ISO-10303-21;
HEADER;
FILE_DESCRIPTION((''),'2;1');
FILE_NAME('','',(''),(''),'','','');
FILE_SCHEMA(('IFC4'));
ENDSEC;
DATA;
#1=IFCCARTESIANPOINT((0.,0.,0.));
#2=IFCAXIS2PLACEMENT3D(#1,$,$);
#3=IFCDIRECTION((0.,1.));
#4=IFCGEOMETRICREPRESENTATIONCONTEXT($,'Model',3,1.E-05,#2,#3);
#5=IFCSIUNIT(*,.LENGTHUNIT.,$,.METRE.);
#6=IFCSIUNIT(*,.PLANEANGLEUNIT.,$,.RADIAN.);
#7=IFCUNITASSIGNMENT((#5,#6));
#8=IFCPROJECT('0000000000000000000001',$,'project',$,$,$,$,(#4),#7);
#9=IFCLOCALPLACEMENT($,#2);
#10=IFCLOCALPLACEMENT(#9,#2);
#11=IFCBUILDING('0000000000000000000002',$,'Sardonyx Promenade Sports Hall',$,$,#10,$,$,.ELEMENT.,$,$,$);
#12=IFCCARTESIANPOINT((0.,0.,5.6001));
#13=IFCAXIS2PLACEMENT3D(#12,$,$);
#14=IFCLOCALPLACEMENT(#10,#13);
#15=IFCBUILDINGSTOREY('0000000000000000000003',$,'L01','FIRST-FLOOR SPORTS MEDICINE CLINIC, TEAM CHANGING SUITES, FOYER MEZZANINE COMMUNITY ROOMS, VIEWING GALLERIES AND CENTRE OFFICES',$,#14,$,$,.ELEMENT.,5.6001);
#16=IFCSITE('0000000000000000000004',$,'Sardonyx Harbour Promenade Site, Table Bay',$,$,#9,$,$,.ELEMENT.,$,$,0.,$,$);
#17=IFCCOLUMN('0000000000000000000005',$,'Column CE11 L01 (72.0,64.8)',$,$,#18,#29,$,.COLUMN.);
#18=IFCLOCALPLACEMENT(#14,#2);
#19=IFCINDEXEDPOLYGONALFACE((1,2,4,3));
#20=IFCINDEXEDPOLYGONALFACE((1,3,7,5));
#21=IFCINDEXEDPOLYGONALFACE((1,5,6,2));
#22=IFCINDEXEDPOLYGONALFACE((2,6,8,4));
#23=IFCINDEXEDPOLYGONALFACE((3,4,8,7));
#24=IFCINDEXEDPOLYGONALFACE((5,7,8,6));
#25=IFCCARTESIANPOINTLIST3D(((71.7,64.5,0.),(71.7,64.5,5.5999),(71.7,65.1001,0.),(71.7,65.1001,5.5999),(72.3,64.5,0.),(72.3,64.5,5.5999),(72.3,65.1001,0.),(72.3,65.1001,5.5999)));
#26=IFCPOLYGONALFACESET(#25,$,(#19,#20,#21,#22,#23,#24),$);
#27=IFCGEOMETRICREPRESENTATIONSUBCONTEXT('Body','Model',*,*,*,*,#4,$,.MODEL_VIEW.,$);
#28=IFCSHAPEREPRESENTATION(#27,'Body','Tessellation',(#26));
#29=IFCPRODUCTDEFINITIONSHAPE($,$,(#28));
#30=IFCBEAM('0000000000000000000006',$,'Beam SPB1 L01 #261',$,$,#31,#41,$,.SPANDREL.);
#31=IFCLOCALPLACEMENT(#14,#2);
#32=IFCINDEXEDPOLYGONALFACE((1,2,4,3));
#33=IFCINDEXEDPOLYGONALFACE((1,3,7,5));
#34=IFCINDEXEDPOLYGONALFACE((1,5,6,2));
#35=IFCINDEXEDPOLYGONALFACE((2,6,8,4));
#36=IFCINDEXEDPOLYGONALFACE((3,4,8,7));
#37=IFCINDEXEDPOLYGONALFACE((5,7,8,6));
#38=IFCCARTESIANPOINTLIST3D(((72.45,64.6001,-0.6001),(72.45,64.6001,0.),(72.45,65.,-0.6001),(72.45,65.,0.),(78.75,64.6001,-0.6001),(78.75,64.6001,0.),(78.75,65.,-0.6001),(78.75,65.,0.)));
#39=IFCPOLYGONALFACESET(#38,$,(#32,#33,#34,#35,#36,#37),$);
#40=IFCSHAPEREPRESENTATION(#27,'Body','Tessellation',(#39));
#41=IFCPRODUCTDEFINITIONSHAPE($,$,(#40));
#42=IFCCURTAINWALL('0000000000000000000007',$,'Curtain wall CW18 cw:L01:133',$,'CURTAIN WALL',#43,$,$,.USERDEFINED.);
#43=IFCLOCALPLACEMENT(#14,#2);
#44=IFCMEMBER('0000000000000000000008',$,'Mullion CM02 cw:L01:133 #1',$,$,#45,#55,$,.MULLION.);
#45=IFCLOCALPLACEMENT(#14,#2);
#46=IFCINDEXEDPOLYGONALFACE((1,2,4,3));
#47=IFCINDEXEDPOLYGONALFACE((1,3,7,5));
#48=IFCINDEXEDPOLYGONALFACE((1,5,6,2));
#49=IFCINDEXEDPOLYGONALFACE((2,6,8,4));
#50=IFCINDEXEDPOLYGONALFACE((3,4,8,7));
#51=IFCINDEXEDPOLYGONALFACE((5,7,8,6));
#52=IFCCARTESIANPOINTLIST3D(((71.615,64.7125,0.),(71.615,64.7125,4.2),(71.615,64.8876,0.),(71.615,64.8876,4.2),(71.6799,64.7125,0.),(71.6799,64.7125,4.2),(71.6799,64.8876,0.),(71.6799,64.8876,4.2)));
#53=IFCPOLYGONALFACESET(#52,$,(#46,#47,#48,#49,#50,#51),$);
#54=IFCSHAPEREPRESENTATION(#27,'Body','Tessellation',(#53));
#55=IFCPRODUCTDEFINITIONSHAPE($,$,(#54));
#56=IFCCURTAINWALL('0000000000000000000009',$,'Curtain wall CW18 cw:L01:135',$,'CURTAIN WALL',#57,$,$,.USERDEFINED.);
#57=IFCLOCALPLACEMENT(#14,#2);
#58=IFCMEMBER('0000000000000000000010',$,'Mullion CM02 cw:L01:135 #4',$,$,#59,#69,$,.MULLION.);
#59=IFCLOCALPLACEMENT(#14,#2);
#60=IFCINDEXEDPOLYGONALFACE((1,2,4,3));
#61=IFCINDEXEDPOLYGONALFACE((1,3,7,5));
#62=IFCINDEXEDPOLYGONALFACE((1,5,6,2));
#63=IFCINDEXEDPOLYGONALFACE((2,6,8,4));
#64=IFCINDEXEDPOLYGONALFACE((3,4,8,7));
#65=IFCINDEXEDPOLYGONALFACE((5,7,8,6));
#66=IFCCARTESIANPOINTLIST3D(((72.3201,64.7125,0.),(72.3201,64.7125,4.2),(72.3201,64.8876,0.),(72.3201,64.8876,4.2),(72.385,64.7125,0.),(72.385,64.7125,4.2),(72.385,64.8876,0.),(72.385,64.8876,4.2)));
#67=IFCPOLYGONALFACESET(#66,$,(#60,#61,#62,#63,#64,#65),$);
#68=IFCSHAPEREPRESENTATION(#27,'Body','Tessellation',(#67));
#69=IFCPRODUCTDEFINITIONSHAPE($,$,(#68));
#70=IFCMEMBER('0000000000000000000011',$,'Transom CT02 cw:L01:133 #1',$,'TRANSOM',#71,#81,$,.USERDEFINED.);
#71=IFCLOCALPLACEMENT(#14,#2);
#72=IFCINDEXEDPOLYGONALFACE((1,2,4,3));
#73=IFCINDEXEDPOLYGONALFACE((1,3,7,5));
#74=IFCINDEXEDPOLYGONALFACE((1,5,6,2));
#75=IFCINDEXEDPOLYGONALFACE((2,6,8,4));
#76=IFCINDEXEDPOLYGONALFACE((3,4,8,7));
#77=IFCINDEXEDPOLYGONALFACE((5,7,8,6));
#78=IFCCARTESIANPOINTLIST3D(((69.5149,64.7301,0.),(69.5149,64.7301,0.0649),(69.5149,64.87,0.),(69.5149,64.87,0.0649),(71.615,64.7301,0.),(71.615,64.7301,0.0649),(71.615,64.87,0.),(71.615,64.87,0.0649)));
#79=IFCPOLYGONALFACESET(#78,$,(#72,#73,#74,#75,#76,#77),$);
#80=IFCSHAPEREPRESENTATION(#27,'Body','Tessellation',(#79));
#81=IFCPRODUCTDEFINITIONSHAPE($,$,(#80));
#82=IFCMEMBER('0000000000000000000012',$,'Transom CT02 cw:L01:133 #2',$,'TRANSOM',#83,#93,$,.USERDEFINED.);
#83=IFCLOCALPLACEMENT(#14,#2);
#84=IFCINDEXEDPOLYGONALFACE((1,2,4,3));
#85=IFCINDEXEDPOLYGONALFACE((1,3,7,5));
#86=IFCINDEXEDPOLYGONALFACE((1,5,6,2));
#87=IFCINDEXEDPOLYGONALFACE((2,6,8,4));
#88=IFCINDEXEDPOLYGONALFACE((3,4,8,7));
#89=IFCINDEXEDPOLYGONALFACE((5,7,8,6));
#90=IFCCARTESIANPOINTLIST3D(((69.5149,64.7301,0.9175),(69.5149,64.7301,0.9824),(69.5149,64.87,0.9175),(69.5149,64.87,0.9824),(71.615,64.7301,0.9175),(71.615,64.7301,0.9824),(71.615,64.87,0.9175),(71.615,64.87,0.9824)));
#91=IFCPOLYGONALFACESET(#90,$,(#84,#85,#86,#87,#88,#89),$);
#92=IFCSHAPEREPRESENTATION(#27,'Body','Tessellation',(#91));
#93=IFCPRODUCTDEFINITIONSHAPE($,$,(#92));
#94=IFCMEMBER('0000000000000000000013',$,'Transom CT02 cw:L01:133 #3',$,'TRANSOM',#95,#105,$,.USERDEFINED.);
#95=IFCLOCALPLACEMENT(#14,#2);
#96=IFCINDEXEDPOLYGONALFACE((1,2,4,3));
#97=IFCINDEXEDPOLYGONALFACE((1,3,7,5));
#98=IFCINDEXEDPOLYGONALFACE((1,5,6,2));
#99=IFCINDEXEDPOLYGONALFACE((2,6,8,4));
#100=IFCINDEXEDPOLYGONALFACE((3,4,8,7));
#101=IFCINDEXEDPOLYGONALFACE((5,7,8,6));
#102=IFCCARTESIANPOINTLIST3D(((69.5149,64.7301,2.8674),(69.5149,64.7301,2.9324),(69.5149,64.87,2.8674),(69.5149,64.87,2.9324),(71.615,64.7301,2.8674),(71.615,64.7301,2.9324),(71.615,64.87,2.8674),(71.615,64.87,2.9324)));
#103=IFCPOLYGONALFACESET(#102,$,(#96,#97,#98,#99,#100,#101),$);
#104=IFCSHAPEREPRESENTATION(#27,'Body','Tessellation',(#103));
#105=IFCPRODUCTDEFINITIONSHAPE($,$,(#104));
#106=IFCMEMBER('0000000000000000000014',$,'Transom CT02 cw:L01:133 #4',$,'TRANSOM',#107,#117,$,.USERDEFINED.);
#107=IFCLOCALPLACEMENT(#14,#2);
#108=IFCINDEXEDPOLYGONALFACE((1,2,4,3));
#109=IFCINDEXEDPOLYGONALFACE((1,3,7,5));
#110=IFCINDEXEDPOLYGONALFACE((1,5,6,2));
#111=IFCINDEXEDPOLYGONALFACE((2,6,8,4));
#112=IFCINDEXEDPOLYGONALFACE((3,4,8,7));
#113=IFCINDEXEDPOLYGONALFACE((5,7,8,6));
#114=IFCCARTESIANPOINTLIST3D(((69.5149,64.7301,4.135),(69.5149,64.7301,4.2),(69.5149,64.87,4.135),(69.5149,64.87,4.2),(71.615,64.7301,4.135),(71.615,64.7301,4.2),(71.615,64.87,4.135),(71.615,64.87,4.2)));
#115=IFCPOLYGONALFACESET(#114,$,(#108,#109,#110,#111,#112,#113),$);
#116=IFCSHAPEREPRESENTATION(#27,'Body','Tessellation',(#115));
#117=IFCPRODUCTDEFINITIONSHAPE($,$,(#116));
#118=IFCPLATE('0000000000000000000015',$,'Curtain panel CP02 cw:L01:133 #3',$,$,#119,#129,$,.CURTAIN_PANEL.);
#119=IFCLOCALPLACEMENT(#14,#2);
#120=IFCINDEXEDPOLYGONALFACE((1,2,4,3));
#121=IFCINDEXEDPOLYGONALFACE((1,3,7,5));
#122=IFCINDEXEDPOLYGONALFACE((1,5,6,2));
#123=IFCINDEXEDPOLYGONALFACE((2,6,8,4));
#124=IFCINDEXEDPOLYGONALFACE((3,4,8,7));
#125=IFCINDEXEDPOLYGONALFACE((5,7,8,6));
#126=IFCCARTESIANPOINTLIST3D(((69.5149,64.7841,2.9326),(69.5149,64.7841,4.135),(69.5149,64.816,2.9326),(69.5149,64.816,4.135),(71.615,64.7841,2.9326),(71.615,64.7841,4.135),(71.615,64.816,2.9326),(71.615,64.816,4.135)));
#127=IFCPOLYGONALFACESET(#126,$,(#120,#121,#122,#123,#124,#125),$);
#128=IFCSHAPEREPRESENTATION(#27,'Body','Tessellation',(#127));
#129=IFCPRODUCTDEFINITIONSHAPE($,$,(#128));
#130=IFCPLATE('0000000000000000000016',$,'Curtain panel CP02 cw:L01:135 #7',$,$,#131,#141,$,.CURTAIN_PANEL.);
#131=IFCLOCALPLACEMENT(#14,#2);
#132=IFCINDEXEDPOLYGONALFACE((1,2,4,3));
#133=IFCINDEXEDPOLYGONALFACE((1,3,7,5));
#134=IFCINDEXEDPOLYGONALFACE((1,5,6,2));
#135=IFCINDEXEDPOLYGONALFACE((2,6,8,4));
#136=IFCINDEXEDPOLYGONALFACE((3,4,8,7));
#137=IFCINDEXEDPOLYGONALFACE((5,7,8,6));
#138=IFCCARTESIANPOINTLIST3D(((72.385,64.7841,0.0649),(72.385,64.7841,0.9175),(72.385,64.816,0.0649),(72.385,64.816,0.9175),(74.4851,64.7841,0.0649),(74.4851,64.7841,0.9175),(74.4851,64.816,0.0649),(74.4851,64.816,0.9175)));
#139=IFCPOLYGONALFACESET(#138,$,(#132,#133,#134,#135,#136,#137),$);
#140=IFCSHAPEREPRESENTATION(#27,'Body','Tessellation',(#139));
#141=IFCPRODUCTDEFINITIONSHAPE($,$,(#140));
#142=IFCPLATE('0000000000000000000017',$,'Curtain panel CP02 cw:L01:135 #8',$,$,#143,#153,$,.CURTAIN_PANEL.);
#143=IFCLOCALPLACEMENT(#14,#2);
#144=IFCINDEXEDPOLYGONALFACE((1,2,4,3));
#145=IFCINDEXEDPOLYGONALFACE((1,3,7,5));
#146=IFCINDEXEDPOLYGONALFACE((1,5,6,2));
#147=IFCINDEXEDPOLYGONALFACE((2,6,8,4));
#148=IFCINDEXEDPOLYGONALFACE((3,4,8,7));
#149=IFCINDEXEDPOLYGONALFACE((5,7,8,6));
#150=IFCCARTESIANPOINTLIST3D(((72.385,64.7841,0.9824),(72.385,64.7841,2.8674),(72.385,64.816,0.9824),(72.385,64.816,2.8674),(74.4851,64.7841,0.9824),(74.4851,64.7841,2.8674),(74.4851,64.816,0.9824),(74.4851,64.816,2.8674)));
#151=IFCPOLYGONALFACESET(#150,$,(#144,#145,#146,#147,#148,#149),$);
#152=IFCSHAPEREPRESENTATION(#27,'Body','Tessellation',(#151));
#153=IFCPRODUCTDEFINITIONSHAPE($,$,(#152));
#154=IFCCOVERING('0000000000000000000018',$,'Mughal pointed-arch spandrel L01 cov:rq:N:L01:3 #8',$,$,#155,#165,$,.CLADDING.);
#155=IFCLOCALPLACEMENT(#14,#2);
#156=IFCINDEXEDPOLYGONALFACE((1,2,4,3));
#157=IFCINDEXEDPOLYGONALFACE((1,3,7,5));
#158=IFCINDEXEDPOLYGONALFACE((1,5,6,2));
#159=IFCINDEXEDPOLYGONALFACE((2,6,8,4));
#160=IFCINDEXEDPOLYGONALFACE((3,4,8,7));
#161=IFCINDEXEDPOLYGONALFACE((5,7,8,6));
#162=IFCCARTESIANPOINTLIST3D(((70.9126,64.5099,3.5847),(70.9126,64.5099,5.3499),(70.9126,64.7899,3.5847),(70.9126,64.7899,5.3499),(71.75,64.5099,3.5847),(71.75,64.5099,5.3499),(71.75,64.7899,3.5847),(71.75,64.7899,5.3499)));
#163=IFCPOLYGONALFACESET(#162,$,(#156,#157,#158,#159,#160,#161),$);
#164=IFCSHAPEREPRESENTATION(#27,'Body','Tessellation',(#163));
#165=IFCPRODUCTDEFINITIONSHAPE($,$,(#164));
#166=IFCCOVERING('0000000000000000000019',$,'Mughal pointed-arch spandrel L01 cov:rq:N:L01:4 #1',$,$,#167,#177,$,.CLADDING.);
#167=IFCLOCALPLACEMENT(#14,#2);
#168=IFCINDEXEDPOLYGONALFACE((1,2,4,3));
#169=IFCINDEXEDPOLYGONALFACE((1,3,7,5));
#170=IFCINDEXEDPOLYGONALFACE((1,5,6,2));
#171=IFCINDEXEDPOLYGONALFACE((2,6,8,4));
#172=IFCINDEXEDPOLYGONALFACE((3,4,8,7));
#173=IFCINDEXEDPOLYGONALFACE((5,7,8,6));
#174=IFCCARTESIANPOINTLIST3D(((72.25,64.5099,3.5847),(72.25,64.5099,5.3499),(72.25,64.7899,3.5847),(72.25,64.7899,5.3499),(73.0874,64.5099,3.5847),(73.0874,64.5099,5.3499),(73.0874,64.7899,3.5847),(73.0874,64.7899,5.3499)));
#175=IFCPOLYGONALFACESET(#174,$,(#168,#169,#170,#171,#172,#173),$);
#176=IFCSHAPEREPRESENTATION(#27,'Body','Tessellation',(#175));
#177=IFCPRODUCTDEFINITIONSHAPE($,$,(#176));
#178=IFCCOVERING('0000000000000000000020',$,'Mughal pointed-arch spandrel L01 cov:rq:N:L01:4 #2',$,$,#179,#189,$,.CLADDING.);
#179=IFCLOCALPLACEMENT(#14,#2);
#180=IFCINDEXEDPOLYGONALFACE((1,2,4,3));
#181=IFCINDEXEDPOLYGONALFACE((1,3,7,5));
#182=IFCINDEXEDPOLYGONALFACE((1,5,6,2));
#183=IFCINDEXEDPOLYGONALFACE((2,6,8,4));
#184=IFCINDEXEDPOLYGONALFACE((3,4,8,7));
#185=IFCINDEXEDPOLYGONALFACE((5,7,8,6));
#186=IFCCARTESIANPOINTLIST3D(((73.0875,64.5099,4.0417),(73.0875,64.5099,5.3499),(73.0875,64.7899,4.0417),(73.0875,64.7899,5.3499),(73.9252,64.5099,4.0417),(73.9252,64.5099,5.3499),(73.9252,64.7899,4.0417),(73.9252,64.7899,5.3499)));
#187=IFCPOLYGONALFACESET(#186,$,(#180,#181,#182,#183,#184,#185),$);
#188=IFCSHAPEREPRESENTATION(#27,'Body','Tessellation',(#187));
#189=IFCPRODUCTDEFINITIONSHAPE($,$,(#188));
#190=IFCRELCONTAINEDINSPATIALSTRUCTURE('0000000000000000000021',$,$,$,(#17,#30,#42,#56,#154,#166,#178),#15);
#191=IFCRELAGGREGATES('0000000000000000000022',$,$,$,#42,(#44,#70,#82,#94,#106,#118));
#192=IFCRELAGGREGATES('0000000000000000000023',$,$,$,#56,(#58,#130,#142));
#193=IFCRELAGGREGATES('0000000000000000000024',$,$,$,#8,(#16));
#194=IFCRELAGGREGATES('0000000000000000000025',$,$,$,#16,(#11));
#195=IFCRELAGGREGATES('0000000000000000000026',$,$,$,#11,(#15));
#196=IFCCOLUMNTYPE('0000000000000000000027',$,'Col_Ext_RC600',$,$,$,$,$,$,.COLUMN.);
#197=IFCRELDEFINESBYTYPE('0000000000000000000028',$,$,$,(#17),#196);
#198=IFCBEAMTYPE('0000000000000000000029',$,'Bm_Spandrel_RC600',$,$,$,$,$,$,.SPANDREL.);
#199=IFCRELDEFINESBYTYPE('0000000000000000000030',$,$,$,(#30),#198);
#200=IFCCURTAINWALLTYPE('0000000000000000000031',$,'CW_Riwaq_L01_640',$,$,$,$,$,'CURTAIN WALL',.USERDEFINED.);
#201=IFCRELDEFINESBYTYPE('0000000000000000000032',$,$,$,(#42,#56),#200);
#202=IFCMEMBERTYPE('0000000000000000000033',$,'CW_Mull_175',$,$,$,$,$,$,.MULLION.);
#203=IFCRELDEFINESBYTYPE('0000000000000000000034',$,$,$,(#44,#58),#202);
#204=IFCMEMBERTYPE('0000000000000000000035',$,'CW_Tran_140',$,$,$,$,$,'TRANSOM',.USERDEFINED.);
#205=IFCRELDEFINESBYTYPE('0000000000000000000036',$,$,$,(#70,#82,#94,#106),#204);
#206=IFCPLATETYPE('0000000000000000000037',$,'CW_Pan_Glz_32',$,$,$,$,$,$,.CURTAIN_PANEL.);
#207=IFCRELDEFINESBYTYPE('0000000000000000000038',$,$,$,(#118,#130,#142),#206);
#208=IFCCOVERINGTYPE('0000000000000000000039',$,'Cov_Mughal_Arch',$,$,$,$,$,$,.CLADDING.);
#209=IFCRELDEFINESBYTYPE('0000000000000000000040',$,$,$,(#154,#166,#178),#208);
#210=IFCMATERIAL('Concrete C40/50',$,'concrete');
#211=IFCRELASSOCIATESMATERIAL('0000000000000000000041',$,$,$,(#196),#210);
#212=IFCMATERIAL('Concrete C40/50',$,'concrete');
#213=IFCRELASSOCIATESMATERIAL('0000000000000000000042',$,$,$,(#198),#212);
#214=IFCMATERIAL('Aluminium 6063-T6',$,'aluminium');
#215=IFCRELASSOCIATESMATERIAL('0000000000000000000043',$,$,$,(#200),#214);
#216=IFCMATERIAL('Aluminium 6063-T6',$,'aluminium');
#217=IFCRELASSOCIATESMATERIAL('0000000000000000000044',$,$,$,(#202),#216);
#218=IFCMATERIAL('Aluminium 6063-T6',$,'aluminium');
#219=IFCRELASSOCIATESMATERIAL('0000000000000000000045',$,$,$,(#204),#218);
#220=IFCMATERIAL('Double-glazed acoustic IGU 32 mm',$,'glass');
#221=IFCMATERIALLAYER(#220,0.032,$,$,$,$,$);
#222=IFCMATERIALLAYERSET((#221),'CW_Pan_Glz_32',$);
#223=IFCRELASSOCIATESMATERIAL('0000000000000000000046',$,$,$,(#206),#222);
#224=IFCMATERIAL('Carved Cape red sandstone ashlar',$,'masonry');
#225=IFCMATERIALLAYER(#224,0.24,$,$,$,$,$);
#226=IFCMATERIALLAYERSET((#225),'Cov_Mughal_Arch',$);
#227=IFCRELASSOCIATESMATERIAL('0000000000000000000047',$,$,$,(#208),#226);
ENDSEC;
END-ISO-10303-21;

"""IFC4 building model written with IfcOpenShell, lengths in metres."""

from ifc_helpers import new_model, si_unit, direction, frame, frame_2d, origin, origin_2d, place, context, subcontext, project, spatial, rectangle, extrude, material, layer, layer_set, material_profile, profile_set, type_object, element, aggregate, save


model = new_model("IFC4")

# Units and contexts
model_context = context("Model", 3, precision=1e-05, world=origin(), true_north=direction((0.0, 1.0)))
body_context = subcontext(model_context, "Body", "Model", "MODEL_VIEW")
ifc_project = project(units=[si_unit("LENGTHUNIT", "METRE"), si_unit("PLANEANGLEUNIT", "RADIAN")], contexts=[model_context])

# Site, building, storey
site_placement = place(None, origin())
site = spatial("IfcSite", under=ifc_project, at=site_placement, Name="Sardonyx Harbour Promenade Site, Table Bay", CompositionType="ELEMENT", RefElevation=0.0)
building_placement = place(site_placement, origin())
building = spatial("IfcBuilding", under=site, at=building_placement, Name="Sardonyx Promenade Sports Hall", CompositionType="ELEMENT")
storey_placement = place(building_placement, frame((0.0, 0.0, 5.6001)))
storey = spatial("IfcBuildingStorey", under=building, at=storey_placement, Name="L01", Description="FIRST-FLOOR SPORTS MEDICINE CLINIC, TEAM CHANGING SUITES, FOYER MEZZANINE COMMUNITY ROOMS, VIEWING GALLERIES AND CENTRE OFFICES", CompositionType="ELEMENT", Elevation=5.6001)

# Column
ifc_material_1 = material(Name="Concrete C40/50", Category="concrete")
ifc_material_profile_1 = material_profile(ifc_material_1, rectangle(XDim=0.6001, YDim=0.6001, at=origin_2d()))
ifc_profile_set_1 = profile_set([ifc_material_profile_1], Name="Concrete C40/50")
column_type = type_object("IfcColumnType", Name="Col_Ext_RC600", PredefinedType="COLUMN", material=ifc_profile_set_1)
column_placement = place(storey_placement, frame((72.0, 64.8, 0.0), z_axis=(0.0, 0.0, 1.0), x_axis=(1.0, 0.0, 0.0)))
element("IfcColumn", 1, at=column_placement, inside=storey, type_object=column_type, Name="Column CE11 L01 (72.0,64.8)", PredefinedType="COLUMN", context=body_context, shape_type="SweptSolid", body=[
    extrude(rectangle(XDim=0.6001, YDim=0.6001, at=origin_2d()), origin(), (0.0, 0.0, 1.0), 5.5999),
])

# Beam
ifc_material_2 = material(Name="Concrete C40/50", Category="concrete")
ifc_material_profile_2 = material_profile(ifc_material_2, rectangle(XDim=0.3999, YDim=0.6001, at=origin_2d()))
ifc_profile_set_2 = profile_set([ifc_material_profile_2], Name="Concrete C40/50")
beam_type = type_object("IfcBeamType", Name="Bm_Spandrel_RC600", PredefinedType="SPANDREL", material=ifc_profile_set_2)
beam_placement = place(storey_placement, frame((72.45, 64.8, -0.3), z_axis=(1.0, 0.0, 0.0), x_axis=(0.0, 1.0, 0.0)))
element("IfcBeam", 2, at=beam_placement, inside=storey, type_object=beam_type, Name="Beam SPB1 L01 #261", PredefinedType="SPANDREL", context=body_context, shape_type="SweptSolid", body=[
    extrude(rectangle(XDim=0.3999, YDim=0.6001, at=origin_2d()), origin(), (0.0, 0.0, 1.0), 6.3),
])

# Curtain walls, members
ifc_material_3 = material(Name="Aluminium 6063-T6", Category="aluminium")
curtain_wall_type = type_object("IfcCurtainWallType", Name="CW_Riwaq_L01_640", ElementType="CURTAIN WALL", PredefinedType="USERDEFINED", material=ifc_material_3)
curtain_wall_1_placement = place(storey_placement, origin())
curtain_wall_1 = element("IfcCurtainWall", 3, at=curtain_wall_1_placement, inside=storey, type_object=curtain_wall_type, Name="Curtain wall CW18 cw:L01:133", ObjectType="CURTAIN WALL", PredefinedType="USERDEFINED")
ifc_material_4 = material(Name="Aluminium 6063-T6", Category="aluminium")
ifc_material_profile_3 = material_profile(ifc_material_4, rectangle(XDim=0.0649, YDim=0.175, at=origin_2d()))
ifc_profile_set_3 = profile_set([ifc_material_profile_3], Name="Aluminium 6063-T6")
member_type_1 = type_object("IfcMemberType", Name="CW_Mull_175", PredefinedType="MULLION", material=ifc_profile_set_3)
member_1_placement = place(storey_placement, frame((71.6475, 64.8, 0.0), z_axis=(0.0, 0.0, 1.0), x_axis=(-1.0, 0.0, 0.0)))
member_1 = element("IfcMember", 4, at=member_1_placement, type_object=member_type_1, Name="Mullion CM02 cw:L01:133 #1", PredefinedType="MULLION", context=body_context, shape_type="SweptSolid", body=[
    extrude(rectangle(XDim=0.0649, YDim=0.175, at=origin_2d()), origin(), (0.0, 0.0, 1.0), 4.2),
])
curtain_wall_2_placement = place(storey_placement, origin())
curtain_wall_2 = element("IfcCurtainWall", 5, at=curtain_wall_2_placement, inside=storey, type_object=curtain_wall_type, Name="Curtain wall CW18 cw:L01:135", ObjectType="CURTAIN WALL", PredefinedType="USERDEFINED")
member_2_placement = place(storey_placement, frame((72.3525, 64.8, 0.0), z_axis=(0.0, 0.0, 1.0), x_axis=(-1.0, 0.0, 0.0)))
member_2 = element("IfcMember", 6, at=member_2_placement, type_object=member_type_1, Name="Mullion CM02 cw:L01:135 #4", PredefinedType="MULLION", context=body_context, shape_type="SweptSolid", body=[
    extrude(rectangle(XDim=0.0649, YDim=0.175, at=origin_2d()), origin(), (0.0, 0.0, 1.0), 4.2),
])

# Members
ifc_material_5 = material(Name="Aluminium 6063-T6", Category="aluminium")
ifc_material_profile_4 = material_profile(ifc_material_5, rectangle(XDim=0.0649, YDim=0.1399, at=origin_2d()))
ifc_profile_set_4 = profile_set([ifc_material_profile_4], Name="Aluminium 6063-T6")
member_type_2 = type_object("IfcMemberType", Name="CW_Tran_140", ElementType="TRANSOM", PredefinedType="USERDEFINED", material=ifc_profile_set_4)
member_3_placement = place(storey_placement, frame((71.615, 64.8, 0.0325), z_axis=(-1.0, 0.0, 0.0), x_axis=(0.0, 0.0, 1.0)))
member_3 = element("IfcMember", 7, at=member_3_placement, type_object=member_type_2, Name="Transom CT02 cw:L01:133 #1", ObjectType="TRANSOM", PredefinedType="USERDEFINED", context=body_context, shape_type="SweptSolid", body=[
    extrude(rectangle(XDim=0.0649, YDim=0.1399, at=origin_2d()), origin(), (0.0, 0.0, 1.0), 2.1001),
])
member_4_placement = place(storey_placement, frame((71.615, 64.8, 0.95), z_axis=(-1.0, 0.0, 0.0), x_axis=(0.0, 0.0, 1.0)))
member_4 = element("IfcMember", 8, at=member_4_placement, type_object=member_type_2, Name="Transom CT02 cw:L01:133 #2", ObjectType="TRANSOM", PredefinedType="USERDEFINED", context=body_context, shape_type="SweptSolid", body=[
    extrude(rectangle(XDim=0.0649, YDim=0.1399, at=origin_2d()), origin(), (0.0, 0.0, 1.0), 2.1001),
])
member_5_placement = place(storey_placement, frame((71.615, 64.8, 2.8999), z_axis=(-1.0, 0.0, 0.0), x_axis=(0.0, 0.0, 1.0)))
member_5 = element("IfcMember", 9, at=member_5_placement, type_object=member_type_2, Name="Transom CT02 cw:L01:133 #3", ObjectType="TRANSOM", PredefinedType="USERDEFINED", context=body_context, shape_type="SweptSolid", body=[
    extrude(rectangle(XDim=0.0649, YDim=0.1399, at=origin_2d()), origin(), (0.0, 0.0, 1.0), 2.1001),
])
member_6_placement = place(storey_placement, frame((71.615, 64.8, 4.1675), z_axis=(-1.0, 0.0, 0.0), x_axis=(0.0, 0.0, 1.0)))
member_6 = element("IfcMember", 10, at=member_6_placement, type_object=member_type_2, Name="Transom CT02 cw:L01:133 #4", ObjectType="TRANSOM", PredefinedType="USERDEFINED", context=body_context, shape_type="SweptSolid", body=[
    extrude(rectangle(XDim=0.0649, YDim=0.1399, at=origin_2d()), origin(), (0.0, 0.0, 1.0), 2.1001),
])

# Plates
ifc_material_6 = material(Name="Double-glazed acoustic IGU 32 mm", Category="glass")
ifc_layer_1 = layer(ifc_material_6, 0.032)
ifc_layer_set_1 = layer_set([ifc_layer_1], Name="CW_Pan_Glz_32")
plate_type = type_object("IfcPlateType", Name="CW_Pan_Glz_32", PredefinedType="CURTAIN_PANEL", material=ifc_layer_set_1)
plate_1_placement = place(storey_placement, frame((70.5649, 64.8, 2.9326), z_axis=(0.0, 0.0, 1.0), x_axis=(-1.0, 0.0, 0.0)))
plate_1 = element("IfcPlate", 11, at=plate_1_placement, type_object=plate_type, Name="Curtain panel CP02 cw:L01:133 #3", PredefinedType="CURTAIN_PANEL", context=body_context, shape_type="SweptSolid", body=[
    extrude(rectangle(XDim=2.1001, YDim=0.032, at=origin_2d()), origin(), (0.0, 0.0, 1.0), 1.2024),
])
aggregate(curtain_wall_1, [member_1, member_3, member_4, member_5, member_6, plate_1])
plate_2_placement = place(storey_placement, frame((73.4351, 64.8, 0.0649), z_axis=(0.0, 0.0, 1.0), x_axis=(-1.0, 0.0, 0.0)))
plate_2 = element("IfcPlate", 12, at=plate_2_placement, type_object=plate_type, Name="Curtain panel CP02 cw:L01:135 #7", PredefinedType="CURTAIN_PANEL", context=body_context, shape_type="SweptSolid", body=[
    extrude(rectangle(XDim=2.1001, YDim=0.032, at=origin_2d()), origin(), (0.0, 0.0, 1.0), 0.8525),
])
plate_3_placement = place(storey_placement, frame((73.4351, 64.8, 0.9824), z_axis=(0.0, 0.0, 1.0), x_axis=(-1.0, 0.0, 0.0)))
plate_3 = element("IfcPlate", 13, at=plate_3_placement, type_object=plate_type, Name="Curtain panel CP02 cw:L01:135 #8", PredefinedType="CURTAIN_PANEL", context=body_context, shape_type="SweptSolid", body=[
    extrude(rectangle(XDim=2.1001, YDim=0.032, at=origin_2d()), origin(), (0.0, 0.0, 1.0), 1.885),
])
aggregate(curtain_wall_2, [member_2, plate_2, plate_3])

# Coverings
ifc_material_7 = material(Name="Carved Cape red sandstone ashlar", Category="masonry")
ifc_layer_2 = layer(ifc_material_7, 0.24)
ifc_layer_set_2 = layer_set([ifc_layer_2], Name="Cov_Mughal_Arch")
covering_type = type_object("IfcCoveringType", Name="Cov_Mughal_Arch", PredefinedType="CLADDING", material=ifc_layer_set_2)
for number, where, z_axis, x_axis, name in (
    (14, (70.9126, 64.6499, 3.5847), (0.0, 0.0, 1.0), (1.0, 0.0, 0.0), "Mughal pointed-arch spandrel L01 cov:rq:N:L01:3 #8"),
    (15, (72.25, 64.6499, 3.5847), (0.0, 0.0, 1.0), (1.0, 0.0, 0.0), "Mughal pointed-arch spandrel L01 cov:rq:N:L01:4 #1"),
):
    element("IfcCovering", number, at=place(storey_placement, frame(where, z_axis=z_axis, x_axis=x_axis)), inside=storey, type_object=covering_type, Name=name, PredefinedType="CLADDING", context=body_context, shape_type="SweptSolid", body=[
        extrude(rectangle(XDim=0.8374, YDim=0.28, at=frame_2d((0.4187, 0.0))), origin(), (0.0, 0.0, 1.0), 1.7651),
    ])
covering_1_placement = place(storey_placement, frame((73.0874, 64.6499, 4.0417), z_axis=(0.0, 0.0, 1.0), x_axis=(1.0, 0.0, 0.0)))
element("IfcCovering", 16, at=covering_1_placement, inside=storey, type_object=covering_type, Name="Mughal pointed-arch spandrel L01 cov:rq:N:L01:4 #2", PredefinedType="CLADDING", context=body_context, shape_type="SweptSolid", body=[
    extrude(rectangle(XDim=0.8376, YDim=0.28, at=frame_2d((0.4189, 0.0))), origin(), (0.0, 0.0, 1.0), 1.3081),
])

save(model, "model.ifc")
